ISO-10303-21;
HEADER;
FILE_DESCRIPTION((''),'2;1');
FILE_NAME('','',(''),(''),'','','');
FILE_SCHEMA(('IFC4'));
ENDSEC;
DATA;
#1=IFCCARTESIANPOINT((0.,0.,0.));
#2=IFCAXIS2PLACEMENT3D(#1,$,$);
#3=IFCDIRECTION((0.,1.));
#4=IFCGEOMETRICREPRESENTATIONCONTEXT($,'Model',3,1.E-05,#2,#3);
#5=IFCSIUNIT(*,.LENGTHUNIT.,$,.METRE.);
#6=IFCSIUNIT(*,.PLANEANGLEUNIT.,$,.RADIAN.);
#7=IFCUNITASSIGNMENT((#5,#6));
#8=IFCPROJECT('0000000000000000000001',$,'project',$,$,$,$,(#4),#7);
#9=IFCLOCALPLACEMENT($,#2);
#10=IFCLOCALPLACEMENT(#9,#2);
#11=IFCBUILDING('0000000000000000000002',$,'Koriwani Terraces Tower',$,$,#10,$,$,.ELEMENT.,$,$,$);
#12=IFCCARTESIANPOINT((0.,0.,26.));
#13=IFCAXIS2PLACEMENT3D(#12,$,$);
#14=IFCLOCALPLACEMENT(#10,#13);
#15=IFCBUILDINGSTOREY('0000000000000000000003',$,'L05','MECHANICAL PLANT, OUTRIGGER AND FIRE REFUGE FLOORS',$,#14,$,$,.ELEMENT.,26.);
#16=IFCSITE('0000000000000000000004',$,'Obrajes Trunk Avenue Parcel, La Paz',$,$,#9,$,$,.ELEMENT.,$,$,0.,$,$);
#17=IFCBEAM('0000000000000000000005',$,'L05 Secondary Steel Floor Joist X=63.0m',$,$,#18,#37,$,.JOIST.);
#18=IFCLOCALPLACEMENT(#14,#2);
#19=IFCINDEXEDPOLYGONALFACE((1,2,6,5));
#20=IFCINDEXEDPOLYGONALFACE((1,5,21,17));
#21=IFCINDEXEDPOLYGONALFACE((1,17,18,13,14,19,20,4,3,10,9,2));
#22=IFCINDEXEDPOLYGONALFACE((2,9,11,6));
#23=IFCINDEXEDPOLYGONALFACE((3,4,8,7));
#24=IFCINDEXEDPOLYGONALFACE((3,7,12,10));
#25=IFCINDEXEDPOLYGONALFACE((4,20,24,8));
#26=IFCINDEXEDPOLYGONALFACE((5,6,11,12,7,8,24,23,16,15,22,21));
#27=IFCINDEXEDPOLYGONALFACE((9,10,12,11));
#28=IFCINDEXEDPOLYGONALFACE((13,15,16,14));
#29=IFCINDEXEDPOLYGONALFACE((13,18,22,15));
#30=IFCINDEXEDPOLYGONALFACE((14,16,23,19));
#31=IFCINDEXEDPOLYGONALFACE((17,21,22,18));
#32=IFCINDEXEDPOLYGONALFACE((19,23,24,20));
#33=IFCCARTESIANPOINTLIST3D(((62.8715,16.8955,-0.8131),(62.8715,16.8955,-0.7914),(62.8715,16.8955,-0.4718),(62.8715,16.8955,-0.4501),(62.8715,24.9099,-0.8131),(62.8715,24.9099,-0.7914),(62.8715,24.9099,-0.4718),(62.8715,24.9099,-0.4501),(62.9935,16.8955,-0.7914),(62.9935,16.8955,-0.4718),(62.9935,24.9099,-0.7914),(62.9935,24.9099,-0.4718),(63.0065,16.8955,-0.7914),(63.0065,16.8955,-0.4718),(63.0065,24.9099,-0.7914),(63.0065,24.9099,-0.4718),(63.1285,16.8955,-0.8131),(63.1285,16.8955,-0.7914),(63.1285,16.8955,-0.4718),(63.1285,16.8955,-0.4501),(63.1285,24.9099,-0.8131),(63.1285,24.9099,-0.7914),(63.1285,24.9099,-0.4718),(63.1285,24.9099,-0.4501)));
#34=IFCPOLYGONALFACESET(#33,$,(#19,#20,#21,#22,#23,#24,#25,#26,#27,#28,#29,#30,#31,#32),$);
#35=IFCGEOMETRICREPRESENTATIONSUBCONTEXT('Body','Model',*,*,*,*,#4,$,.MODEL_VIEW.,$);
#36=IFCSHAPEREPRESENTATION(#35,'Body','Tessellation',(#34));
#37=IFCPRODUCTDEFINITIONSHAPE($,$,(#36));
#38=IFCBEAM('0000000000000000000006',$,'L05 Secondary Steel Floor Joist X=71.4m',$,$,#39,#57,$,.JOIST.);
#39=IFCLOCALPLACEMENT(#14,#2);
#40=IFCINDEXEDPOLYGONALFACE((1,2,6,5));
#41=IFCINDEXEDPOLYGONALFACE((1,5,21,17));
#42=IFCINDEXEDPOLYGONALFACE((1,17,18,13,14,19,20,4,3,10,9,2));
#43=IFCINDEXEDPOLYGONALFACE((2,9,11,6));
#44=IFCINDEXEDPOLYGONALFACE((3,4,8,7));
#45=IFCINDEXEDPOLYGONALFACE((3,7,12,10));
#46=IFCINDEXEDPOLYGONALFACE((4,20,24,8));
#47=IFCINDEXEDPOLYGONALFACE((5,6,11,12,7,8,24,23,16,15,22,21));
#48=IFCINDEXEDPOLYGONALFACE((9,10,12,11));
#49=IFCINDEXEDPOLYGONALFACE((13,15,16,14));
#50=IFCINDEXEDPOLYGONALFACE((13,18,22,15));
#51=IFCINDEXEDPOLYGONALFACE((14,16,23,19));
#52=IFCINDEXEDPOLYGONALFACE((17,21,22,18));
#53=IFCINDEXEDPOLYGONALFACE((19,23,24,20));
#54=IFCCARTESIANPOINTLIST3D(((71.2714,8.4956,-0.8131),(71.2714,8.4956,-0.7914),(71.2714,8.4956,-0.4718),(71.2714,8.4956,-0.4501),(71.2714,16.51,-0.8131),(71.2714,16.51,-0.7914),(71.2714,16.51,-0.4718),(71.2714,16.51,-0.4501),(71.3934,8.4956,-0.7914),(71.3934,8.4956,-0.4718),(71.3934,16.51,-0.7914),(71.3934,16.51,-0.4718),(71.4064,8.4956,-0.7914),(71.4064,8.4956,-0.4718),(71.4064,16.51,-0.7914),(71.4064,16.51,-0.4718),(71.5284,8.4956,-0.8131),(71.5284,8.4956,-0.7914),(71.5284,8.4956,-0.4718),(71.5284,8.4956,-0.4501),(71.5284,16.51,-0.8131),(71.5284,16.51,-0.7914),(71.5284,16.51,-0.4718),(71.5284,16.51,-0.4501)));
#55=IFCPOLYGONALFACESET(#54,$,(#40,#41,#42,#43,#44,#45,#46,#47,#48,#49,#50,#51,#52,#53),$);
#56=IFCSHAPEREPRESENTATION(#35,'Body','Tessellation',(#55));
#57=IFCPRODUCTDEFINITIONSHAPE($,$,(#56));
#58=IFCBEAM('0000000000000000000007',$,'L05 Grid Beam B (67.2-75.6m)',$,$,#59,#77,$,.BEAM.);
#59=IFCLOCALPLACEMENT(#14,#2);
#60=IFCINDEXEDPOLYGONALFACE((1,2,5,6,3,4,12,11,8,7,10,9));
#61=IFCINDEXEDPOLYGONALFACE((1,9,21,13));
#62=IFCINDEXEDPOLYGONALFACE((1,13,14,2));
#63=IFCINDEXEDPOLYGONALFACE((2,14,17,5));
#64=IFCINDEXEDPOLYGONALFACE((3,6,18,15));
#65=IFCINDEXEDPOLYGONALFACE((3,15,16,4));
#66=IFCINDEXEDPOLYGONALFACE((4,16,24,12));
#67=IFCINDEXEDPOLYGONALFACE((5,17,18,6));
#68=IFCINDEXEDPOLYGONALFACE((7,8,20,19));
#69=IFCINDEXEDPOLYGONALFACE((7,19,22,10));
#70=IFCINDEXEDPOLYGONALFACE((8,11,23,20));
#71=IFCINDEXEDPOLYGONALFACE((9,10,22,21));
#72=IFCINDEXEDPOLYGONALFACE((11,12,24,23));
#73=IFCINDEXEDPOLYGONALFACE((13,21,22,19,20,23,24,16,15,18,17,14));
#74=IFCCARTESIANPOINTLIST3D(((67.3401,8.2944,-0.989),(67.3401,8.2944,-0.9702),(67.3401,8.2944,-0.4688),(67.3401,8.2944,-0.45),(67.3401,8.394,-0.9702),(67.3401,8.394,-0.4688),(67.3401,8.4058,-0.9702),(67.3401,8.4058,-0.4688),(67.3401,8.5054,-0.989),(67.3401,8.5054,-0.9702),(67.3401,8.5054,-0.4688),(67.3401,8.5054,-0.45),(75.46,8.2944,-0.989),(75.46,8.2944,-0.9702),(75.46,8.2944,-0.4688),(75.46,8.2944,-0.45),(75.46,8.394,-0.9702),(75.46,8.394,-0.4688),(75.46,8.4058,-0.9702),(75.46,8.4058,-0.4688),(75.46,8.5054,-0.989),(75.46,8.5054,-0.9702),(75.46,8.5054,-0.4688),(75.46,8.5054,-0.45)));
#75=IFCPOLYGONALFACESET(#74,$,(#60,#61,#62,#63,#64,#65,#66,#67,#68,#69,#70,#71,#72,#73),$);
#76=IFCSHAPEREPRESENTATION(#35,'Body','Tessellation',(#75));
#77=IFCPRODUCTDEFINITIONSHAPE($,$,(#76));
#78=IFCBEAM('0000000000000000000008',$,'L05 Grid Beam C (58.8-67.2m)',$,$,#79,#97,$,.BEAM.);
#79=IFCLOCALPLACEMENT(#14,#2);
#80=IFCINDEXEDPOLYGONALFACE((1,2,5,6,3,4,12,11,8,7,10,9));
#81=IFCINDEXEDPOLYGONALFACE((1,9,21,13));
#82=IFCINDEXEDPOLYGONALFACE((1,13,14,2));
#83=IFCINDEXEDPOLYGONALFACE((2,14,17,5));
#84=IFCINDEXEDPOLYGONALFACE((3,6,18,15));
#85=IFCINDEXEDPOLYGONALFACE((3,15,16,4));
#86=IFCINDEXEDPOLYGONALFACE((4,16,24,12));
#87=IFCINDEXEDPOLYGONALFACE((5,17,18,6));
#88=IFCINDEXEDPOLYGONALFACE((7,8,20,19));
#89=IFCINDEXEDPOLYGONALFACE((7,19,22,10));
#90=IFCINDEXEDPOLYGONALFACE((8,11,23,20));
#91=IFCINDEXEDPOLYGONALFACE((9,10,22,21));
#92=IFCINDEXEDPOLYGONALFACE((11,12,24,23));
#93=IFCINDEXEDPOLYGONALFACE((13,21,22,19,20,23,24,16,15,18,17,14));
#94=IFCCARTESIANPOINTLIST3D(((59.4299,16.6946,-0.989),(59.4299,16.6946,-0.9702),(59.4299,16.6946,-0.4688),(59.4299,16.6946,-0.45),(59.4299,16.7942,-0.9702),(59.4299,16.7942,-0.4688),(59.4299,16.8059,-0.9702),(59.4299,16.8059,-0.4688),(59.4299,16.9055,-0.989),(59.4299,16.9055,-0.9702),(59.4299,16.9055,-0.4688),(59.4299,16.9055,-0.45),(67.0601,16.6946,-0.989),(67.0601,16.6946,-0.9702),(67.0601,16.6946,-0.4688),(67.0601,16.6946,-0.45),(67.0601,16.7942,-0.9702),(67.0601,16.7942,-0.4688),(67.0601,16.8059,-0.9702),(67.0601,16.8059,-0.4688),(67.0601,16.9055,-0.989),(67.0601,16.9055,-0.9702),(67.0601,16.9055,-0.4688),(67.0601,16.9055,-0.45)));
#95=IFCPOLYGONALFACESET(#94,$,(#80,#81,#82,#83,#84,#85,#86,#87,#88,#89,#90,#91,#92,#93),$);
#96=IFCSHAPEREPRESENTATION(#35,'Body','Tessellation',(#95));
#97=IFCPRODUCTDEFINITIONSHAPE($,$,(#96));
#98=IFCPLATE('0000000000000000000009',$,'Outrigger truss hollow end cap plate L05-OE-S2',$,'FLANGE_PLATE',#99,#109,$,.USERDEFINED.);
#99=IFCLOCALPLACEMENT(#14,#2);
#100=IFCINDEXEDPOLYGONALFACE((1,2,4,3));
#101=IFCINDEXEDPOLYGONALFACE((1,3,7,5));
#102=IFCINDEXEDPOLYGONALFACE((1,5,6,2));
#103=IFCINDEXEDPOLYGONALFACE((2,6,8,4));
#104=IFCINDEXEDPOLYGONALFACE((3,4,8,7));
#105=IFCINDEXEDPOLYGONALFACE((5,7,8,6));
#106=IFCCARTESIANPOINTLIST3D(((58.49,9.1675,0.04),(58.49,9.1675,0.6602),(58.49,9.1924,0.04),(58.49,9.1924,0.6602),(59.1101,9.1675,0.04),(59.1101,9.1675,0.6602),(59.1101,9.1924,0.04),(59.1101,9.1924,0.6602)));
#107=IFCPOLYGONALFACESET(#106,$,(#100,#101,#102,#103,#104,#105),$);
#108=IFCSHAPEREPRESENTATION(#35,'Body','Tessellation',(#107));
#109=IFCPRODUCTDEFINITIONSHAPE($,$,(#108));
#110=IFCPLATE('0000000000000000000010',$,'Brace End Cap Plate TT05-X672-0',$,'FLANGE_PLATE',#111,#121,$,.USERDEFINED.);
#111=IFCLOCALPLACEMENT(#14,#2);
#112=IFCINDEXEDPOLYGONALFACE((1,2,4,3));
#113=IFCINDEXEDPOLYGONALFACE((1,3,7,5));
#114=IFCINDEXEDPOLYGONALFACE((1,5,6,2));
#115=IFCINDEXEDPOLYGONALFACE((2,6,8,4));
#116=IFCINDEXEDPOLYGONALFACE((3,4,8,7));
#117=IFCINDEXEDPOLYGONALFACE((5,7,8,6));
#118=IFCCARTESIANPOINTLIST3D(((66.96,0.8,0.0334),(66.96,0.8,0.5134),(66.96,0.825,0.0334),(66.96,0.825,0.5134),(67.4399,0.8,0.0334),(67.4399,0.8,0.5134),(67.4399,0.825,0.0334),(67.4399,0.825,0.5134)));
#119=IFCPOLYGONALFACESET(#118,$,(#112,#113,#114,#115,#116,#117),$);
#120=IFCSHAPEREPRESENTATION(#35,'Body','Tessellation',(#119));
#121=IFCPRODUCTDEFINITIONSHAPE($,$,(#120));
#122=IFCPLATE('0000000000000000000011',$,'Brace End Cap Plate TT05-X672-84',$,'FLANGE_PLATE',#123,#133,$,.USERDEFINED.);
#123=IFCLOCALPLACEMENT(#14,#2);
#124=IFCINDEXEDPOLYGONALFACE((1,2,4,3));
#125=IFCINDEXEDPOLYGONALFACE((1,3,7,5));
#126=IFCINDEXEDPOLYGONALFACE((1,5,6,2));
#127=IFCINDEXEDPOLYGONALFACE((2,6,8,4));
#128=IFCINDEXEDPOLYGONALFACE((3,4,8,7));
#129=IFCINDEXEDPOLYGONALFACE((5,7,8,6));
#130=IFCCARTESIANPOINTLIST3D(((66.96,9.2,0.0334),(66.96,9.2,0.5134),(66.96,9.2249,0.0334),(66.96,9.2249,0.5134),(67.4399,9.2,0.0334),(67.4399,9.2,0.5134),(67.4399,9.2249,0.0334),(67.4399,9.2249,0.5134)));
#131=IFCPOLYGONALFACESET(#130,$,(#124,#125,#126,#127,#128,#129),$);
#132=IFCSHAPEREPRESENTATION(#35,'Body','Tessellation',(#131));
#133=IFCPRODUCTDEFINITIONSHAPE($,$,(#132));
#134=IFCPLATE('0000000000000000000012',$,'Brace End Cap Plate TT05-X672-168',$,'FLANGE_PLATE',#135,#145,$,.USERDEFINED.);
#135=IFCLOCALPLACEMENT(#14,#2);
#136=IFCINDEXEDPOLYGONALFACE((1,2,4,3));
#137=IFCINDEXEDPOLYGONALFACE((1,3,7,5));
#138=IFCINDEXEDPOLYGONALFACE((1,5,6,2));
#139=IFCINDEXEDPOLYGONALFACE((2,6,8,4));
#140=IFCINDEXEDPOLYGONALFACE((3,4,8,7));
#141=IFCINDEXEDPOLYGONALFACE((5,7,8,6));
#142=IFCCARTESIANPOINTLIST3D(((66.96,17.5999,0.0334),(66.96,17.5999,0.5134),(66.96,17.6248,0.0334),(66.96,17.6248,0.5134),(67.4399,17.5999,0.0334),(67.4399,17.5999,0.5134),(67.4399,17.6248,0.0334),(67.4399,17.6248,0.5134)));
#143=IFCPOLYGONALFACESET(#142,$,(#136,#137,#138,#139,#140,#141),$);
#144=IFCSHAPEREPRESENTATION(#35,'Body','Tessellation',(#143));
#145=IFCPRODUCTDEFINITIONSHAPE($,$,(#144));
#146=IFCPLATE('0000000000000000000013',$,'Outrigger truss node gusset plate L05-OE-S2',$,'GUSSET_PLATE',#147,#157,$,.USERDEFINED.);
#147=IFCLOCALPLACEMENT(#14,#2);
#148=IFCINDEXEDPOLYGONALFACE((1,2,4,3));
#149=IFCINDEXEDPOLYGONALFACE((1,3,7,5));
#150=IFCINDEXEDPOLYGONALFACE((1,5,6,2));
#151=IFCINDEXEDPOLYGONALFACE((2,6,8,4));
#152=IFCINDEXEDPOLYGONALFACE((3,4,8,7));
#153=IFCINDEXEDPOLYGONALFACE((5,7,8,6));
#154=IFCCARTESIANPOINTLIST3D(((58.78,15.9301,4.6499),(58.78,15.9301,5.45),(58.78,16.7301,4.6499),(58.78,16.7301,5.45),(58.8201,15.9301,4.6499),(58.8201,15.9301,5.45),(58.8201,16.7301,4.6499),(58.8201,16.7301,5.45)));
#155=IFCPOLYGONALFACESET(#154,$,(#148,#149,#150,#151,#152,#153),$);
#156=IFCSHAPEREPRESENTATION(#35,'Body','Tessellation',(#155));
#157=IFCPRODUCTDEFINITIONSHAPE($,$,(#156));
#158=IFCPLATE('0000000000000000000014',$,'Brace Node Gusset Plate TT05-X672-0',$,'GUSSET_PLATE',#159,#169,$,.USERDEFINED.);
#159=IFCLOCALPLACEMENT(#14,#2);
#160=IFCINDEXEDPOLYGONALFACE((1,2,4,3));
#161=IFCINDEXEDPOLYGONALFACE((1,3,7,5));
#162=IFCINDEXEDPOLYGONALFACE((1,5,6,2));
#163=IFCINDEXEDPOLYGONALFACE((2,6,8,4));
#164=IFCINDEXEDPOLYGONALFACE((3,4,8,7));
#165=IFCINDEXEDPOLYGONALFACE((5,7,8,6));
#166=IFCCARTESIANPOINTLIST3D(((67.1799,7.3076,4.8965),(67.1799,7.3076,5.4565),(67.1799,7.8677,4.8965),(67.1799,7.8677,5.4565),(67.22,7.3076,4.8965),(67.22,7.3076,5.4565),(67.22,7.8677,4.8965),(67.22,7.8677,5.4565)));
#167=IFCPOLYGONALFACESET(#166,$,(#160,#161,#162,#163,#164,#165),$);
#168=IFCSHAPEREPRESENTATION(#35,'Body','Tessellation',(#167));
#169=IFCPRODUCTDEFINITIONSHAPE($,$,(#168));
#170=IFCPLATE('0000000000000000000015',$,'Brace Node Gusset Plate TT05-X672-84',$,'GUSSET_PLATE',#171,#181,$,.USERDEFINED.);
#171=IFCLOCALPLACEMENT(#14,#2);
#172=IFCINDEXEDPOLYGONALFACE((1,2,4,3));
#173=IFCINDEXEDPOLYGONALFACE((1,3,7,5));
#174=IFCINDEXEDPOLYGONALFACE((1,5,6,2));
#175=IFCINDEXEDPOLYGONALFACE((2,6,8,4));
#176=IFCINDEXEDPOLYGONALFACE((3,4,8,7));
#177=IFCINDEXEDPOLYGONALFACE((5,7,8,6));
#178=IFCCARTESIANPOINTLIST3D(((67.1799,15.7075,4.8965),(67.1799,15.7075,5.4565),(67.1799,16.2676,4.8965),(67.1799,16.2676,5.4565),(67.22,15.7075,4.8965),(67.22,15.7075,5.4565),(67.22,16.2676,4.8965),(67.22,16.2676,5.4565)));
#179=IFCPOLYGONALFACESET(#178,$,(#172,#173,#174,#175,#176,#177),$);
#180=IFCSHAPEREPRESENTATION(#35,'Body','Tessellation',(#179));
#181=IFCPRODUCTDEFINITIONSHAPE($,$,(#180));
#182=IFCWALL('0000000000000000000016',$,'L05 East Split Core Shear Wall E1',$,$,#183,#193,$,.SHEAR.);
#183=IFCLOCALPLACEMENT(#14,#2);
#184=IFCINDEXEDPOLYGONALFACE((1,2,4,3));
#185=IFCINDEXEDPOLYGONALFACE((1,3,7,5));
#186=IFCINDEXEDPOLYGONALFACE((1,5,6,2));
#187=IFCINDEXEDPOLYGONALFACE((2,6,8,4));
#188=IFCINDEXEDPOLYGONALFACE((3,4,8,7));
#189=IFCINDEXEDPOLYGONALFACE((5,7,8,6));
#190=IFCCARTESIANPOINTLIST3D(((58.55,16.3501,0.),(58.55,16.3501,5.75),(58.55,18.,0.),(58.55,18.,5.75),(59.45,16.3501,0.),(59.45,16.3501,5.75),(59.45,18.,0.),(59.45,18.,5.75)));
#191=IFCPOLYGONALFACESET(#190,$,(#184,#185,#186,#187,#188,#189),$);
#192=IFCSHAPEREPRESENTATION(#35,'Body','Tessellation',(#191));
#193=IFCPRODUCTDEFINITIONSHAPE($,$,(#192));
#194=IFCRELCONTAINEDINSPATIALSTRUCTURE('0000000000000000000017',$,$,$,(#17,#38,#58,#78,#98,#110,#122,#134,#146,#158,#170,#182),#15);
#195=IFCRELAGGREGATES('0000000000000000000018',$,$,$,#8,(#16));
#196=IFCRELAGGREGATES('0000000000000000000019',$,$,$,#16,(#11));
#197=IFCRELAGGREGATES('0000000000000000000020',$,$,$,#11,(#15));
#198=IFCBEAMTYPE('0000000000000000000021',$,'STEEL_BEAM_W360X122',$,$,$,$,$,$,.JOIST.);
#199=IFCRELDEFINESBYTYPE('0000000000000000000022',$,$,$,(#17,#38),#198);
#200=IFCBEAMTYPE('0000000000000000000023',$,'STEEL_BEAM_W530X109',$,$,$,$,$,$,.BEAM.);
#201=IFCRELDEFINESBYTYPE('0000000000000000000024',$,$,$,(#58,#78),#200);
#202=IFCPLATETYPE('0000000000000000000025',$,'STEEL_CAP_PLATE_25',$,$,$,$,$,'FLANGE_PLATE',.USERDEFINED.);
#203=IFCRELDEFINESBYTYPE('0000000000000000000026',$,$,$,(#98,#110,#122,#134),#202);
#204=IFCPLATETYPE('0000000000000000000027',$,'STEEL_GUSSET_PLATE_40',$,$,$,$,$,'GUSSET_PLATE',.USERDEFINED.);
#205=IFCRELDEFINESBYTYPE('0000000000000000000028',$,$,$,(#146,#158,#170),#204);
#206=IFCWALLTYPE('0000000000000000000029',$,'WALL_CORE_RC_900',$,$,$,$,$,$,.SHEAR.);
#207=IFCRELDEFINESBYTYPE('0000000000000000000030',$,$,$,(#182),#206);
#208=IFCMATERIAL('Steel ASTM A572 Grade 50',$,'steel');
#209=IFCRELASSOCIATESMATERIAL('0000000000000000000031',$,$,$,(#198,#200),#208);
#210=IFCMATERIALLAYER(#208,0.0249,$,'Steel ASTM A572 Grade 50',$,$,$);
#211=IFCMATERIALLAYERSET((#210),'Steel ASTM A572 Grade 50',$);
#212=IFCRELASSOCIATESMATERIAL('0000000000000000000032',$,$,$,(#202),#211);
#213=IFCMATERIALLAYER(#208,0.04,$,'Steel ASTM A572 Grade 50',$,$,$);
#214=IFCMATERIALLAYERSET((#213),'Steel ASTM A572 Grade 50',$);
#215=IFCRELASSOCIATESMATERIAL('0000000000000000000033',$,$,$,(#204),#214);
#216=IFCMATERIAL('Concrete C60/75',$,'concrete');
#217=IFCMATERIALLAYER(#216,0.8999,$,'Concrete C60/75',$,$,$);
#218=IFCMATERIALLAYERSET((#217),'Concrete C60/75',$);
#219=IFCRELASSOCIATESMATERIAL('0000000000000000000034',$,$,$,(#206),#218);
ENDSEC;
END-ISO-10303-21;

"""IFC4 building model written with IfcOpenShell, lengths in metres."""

from ifc_helpers import new_model, si_unit, direction, frame, frame_2d, origin, origin_2d, place, context, subcontext, project, spatial, rectangle, i_section, extrude, material, layer, layer_set, material_profile, profile_set, type_object, element, save


model = new_model("IFC4")

# Units and contexts
model_context = context("Model", 3, precision=1e-05, world=origin(), true_north=direction((0.0, 1.0)))
body_context = subcontext(model_context, "Body", "Model", "MODEL_VIEW")
ifc_project = project(units=[si_unit("LENGTHUNIT", "METRE"), si_unit("PLANEANGLEUNIT", "RADIAN")], contexts=[model_context])

# Site, building, storey
site_placement = place(None, origin())
site = spatial("IfcSite", under=ifc_project, at=site_placement, Name="Obrajes Trunk Avenue Parcel, La Paz", CompositionType="ELEMENT", RefElevation=0.0)
building_placement = place(site_placement, origin())
building = spatial("IfcBuilding", under=site, at=building_placement, Name="Koriwani Terraces Tower", CompositionType="ELEMENT")
storey_placement = place(building_placement, frame((0.0, 0.0, 26.0)))
storey = spatial("IfcBuildingStorey", under=building, at=storey_placement, Name="L05", Description="MECHANICAL PLANT, OUTRIGGER AND FIRE REFUGE FLOORS", CompositionType="ELEMENT", Elevation=26.0)

# Shared definitions
ifc_material_1 = material(Name="Concrete C60/75", Category="concrete")

# Shared definitions
ifc_material_2 = material(Name="Steel ASTM A572 Grade 50", Category="steel")

# Beams
ifc_material_profile_1 = material_profile(ifc_material_2, i_section(OverallWidth=0.2571, OverallDepth=0.363, WebThickness=0.0129, FlangeThickness=0.0217, at=origin_2d()), Name="Steel ASTM A572 Grade 50", Category="LoadBearing")
ifc_profile_set_1 = profile_set([ifc_material_profile_1], Name="Steel ASTM A572 Grade 50")
beam_type_1 = type_object("IfcBeamType", Name="STEEL_BEAM_W360X122", PredefinedType="JOIST", material=ifc_profile_set_1)
for number, where, z_axis, x_axis, name in (
    (1, (63.0, 16.8955, -0.6316), (0.0, 1.0, 0.0), (-1.0, 0.0, 0.0), "L05 Secondary Steel Floor Joist X=63.0m"),
    (2, (71.3999, 8.4956, -0.6316), (0.0, 1.0, 0.0), (-1.0, 0.0, 0.0), "L05 Secondary Steel Floor Joist X=71.4m"),
):
    element("IfcBeam", number, at=place(storey_placement, frame(where, z_axis=z_axis, x_axis=x_axis)), inside=storey, type_object=beam_type_1, Name=name, PredefinedType="JOIST", context=body_context, shape_type="SweptSolid", body=[
        extrude(i_section(OverallWidth=0.2571, OverallDepth=0.363, WebThickness=0.0129, FlangeThickness=0.0217, at=origin_2d()), origin(), (0.0, 0.0, 1.0), 8.0144),
    ])
ifc_material_profile_2 = material_profile(ifc_material_2, i_section(OverallWidth=0.2109, OverallDepth=0.5391, WebThickness=0.0117, FlangeThickness=0.0188, at=origin_2d()), Name="Steel ASTM A572 Grade 50", Category="LoadBearing")
ifc_profile_set_2 = profile_set([ifc_material_profile_2], Name="Steel ASTM A572 Grade 50")
beam_type_2 = type_object("IfcBeamType", Name="STEEL_BEAM_W530X109", PredefinedType="BEAM", material=ifc_profile_set_2)
beam_1_placement = place(storey_placement, frame((67.3401, 8.3999, -0.7195), z_axis=(1.0, 0.0, 0.0), x_axis=(0.0, 1.0, 0.0)))
element("IfcBeam", 3, at=beam_1_placement, inside=storey, type_object=beam_type_2, Name="L05 Grid Beam B (67.2-75.6m)", PredefinedType="BEAM", context=body_context, shape_type="SweptSolid", body=[
    extrude(i_section(OverallWidth=0.2109, OverallDepth=0.5391, WebThickness=0.0117, FlangeThickness=0.0188, at=origin_2d()), origin(), (0.0, 0.0, 1.0), 8.1199),
])
beam_2_placement = place(storey_placement, frame((59.4299, 16.8, -0.7195), z_axis=(1.0, 0.0, 0.0), x_axis=(0.0, 1.0, 0.0)))
element("IfcBeam", 4, at=beam_2_placement, inside=storey, type_object=beam_type_2, Name="L05 Grid Beam C (58.8-67.2m)", PredefinedType="BEAM", context=body_context, shape_type="SweptSolid", body=[
    extrude(i_section(OverallWidth=0.2109, OverallDepth=0.5391, WebThickness=0.0117, FlangeThickness=0.0188, at=origin_2d()), origin(), (0.0, 0.0, 1.0), 7.6301),
])

# Plates
ifc_layer_1 = layer(ifc_material_2, 0.0249, Name="Steel ASTM A572 Grade 50")
ifc_layer_set_1 = layer_set([ifc_layer_1], Name="Steel ASTM A572 Grade 50")
plate_type_1 = type_object("IfcPlateType", Name="STEEL_CAP_PLATE_25", ElementType="FLANGE_PLATE", PredefinedType="USERDEFINED", material=ifc_layer_set_1)
plate_1_placement = place(storey_placement, frame((58.8, 9.1799, 0.04), z_axis=(0.0, 0.0, 1.0), x_axis=(0.0, 1.0, 0.0)))
element("IfcPlate", 5, at=plate_1_placement, inside=storey, type_object=plate_type_1, Name="Outrigger truss hollow end cap plate L05-OE-S2", ObjectType="FLANGE_PLATE", PredefinedType="USERDEFINED", context=body_context, shape_type="SweptSolid", body=[
    extrude(rectangle(XDim=0.0249, YDim=0.6201, at=origin_2d()), origin(), (0.0, 0.0, 1.0), 0.6201),
])
for number, where, z_axis, x_axis, name in (
    (6, (67.2, 0.8125, 0.0334), (0.0, 0.0, 1.0), (0.0, 1.0, 0.0), "Brace End Cap Plate TT05-X672-0"),
    (7, (67.2, 9.2124, 0.0334), (0.0, 0.0, 1.0), (0.0, 1.0, 0.0), "Brace End Cap Plate TT05-X672-84"),
    (8, (67.2, 17.6123, 0.0334), (0.0, 0.0, 1.0), (0.0, 1.0, 0.0), "Brace End Cap Plate TT05-X672-168"),
):
    element("IfcPlate", number, at=place(storey_placement, frame(where, z_axis=z_axis, x_axis=x_axis)), inside=storey, type_object=plate_type_1, Name=name, ObjectType="FLANGE_PLATE", PredefinedType="USERDEFINED", context=body_context, shape_type="SweptSolid", body=[
        extrude(rectangle(XDim=0.0249, YDim=0.48, at=origin_2d()), origin(), (0.0, 0.0, 1.0), 0.48),
    ])
ifc_layer_2 = layer(ifc_material_2, 0.04, Name="Steel ASTM A572 Grade 50")
ifc_layer_set_2 = layer_set([ifc_layer_2], Name="Steel ASTM A572 Grade 50")
plate_type_2 = type_object("IfcPlateType", Name="STEEL_GUSSET_PLATE_40", ElementType="GUSSET_PLATE", PredefinedType="USERDEFINED", material=ifc_layer_set_2)
plate_2_placement = place(storey_placement, frame((58.8, 16.3301, 4.6499), z_axis=(0.0, 0.0, 1.0), x_axis=(0.0, 1.0, 0.0)))
element("IfcPlate", 9, at=plate_2_placement, inside=storey, type_object=plate_type_2, Name="Outrigger truss node gusset plate L05-OE-S2", ObjectType="GUSSET_PLATE", PredefinedType="USERDEFINED", context=body_context, shape_type="SweptSolid", body=[
    extrude(rectangle(XDim=0.8, YDim=0.04, at=origin_2d()), origin(), (0.0, 0.0, 1.0), 0.8),
])
for number, where, z_axis, x_axis, name in (
    (10, (67.2, 7.5876, 4.8965), (0.0, 0.0, 1.0), (0.0, 1.0, 0.0), "Brace Node Gusset Plate TT05-X672-0"),
    (11, (67.2, 15.9875, 4.8965), (0.0, 0.0, 1.0), (0.0, 1.0, 0.0), "Brace Node Gusset Plate TT05-X672-84"),
):
    element("IfcPlate", number, at=place(storey_placement, frame(where, z_axis=z_axis, x_axis=x_axis)), inside=storey, type_object=plate_type_2, Name=name, ObjectType="GUSSET_PLATE", PredefinedType="USERDEFINED", context=body_context, shape_type="SweptSolid", body=[
        extrude(rectangle(XDim=0.5601, YDim=0.04, at=origin_2d()), origin(), (0.0, 0.0, 1.0), 0.5601),
    ])

# Wall
ifc_layer_3 = layer(ifc_material_1, 0.8999, Name="Concrete C60/75")
ifc_layer_set_3 = layer_set([ifc_layer_3], Name="Concrete C60/75")
wall_type_1 = type_object("IfcWallType", Name="WALL_CORE_RC_900", PredefinedType="SHEAR", material=ifc_layer_set_3)
wall_1_placement = place(storey_placement, frame((59.0, 16.3501, 0.0), z_axis=(0.0, 0.0, 1.0), x_axis=(0.0, 1.0, 0.0)))
element("IfcWall", 12, at=wall_1_placement, inside=storey, type_object=wall_type_1, Name="L05 East Split Core Shear Wall E1", PredefinedType="SHEAR", context=body_context, shape_type="SweptSolid", body=[
    extrude(rectangle(XDim=1.6499, YDim=0.8999, at=frame_2d((0.825, 0.0))), origin(), (0.0, 0.0, 1.0), 5.75),
])

save(model, "model.ifc")
